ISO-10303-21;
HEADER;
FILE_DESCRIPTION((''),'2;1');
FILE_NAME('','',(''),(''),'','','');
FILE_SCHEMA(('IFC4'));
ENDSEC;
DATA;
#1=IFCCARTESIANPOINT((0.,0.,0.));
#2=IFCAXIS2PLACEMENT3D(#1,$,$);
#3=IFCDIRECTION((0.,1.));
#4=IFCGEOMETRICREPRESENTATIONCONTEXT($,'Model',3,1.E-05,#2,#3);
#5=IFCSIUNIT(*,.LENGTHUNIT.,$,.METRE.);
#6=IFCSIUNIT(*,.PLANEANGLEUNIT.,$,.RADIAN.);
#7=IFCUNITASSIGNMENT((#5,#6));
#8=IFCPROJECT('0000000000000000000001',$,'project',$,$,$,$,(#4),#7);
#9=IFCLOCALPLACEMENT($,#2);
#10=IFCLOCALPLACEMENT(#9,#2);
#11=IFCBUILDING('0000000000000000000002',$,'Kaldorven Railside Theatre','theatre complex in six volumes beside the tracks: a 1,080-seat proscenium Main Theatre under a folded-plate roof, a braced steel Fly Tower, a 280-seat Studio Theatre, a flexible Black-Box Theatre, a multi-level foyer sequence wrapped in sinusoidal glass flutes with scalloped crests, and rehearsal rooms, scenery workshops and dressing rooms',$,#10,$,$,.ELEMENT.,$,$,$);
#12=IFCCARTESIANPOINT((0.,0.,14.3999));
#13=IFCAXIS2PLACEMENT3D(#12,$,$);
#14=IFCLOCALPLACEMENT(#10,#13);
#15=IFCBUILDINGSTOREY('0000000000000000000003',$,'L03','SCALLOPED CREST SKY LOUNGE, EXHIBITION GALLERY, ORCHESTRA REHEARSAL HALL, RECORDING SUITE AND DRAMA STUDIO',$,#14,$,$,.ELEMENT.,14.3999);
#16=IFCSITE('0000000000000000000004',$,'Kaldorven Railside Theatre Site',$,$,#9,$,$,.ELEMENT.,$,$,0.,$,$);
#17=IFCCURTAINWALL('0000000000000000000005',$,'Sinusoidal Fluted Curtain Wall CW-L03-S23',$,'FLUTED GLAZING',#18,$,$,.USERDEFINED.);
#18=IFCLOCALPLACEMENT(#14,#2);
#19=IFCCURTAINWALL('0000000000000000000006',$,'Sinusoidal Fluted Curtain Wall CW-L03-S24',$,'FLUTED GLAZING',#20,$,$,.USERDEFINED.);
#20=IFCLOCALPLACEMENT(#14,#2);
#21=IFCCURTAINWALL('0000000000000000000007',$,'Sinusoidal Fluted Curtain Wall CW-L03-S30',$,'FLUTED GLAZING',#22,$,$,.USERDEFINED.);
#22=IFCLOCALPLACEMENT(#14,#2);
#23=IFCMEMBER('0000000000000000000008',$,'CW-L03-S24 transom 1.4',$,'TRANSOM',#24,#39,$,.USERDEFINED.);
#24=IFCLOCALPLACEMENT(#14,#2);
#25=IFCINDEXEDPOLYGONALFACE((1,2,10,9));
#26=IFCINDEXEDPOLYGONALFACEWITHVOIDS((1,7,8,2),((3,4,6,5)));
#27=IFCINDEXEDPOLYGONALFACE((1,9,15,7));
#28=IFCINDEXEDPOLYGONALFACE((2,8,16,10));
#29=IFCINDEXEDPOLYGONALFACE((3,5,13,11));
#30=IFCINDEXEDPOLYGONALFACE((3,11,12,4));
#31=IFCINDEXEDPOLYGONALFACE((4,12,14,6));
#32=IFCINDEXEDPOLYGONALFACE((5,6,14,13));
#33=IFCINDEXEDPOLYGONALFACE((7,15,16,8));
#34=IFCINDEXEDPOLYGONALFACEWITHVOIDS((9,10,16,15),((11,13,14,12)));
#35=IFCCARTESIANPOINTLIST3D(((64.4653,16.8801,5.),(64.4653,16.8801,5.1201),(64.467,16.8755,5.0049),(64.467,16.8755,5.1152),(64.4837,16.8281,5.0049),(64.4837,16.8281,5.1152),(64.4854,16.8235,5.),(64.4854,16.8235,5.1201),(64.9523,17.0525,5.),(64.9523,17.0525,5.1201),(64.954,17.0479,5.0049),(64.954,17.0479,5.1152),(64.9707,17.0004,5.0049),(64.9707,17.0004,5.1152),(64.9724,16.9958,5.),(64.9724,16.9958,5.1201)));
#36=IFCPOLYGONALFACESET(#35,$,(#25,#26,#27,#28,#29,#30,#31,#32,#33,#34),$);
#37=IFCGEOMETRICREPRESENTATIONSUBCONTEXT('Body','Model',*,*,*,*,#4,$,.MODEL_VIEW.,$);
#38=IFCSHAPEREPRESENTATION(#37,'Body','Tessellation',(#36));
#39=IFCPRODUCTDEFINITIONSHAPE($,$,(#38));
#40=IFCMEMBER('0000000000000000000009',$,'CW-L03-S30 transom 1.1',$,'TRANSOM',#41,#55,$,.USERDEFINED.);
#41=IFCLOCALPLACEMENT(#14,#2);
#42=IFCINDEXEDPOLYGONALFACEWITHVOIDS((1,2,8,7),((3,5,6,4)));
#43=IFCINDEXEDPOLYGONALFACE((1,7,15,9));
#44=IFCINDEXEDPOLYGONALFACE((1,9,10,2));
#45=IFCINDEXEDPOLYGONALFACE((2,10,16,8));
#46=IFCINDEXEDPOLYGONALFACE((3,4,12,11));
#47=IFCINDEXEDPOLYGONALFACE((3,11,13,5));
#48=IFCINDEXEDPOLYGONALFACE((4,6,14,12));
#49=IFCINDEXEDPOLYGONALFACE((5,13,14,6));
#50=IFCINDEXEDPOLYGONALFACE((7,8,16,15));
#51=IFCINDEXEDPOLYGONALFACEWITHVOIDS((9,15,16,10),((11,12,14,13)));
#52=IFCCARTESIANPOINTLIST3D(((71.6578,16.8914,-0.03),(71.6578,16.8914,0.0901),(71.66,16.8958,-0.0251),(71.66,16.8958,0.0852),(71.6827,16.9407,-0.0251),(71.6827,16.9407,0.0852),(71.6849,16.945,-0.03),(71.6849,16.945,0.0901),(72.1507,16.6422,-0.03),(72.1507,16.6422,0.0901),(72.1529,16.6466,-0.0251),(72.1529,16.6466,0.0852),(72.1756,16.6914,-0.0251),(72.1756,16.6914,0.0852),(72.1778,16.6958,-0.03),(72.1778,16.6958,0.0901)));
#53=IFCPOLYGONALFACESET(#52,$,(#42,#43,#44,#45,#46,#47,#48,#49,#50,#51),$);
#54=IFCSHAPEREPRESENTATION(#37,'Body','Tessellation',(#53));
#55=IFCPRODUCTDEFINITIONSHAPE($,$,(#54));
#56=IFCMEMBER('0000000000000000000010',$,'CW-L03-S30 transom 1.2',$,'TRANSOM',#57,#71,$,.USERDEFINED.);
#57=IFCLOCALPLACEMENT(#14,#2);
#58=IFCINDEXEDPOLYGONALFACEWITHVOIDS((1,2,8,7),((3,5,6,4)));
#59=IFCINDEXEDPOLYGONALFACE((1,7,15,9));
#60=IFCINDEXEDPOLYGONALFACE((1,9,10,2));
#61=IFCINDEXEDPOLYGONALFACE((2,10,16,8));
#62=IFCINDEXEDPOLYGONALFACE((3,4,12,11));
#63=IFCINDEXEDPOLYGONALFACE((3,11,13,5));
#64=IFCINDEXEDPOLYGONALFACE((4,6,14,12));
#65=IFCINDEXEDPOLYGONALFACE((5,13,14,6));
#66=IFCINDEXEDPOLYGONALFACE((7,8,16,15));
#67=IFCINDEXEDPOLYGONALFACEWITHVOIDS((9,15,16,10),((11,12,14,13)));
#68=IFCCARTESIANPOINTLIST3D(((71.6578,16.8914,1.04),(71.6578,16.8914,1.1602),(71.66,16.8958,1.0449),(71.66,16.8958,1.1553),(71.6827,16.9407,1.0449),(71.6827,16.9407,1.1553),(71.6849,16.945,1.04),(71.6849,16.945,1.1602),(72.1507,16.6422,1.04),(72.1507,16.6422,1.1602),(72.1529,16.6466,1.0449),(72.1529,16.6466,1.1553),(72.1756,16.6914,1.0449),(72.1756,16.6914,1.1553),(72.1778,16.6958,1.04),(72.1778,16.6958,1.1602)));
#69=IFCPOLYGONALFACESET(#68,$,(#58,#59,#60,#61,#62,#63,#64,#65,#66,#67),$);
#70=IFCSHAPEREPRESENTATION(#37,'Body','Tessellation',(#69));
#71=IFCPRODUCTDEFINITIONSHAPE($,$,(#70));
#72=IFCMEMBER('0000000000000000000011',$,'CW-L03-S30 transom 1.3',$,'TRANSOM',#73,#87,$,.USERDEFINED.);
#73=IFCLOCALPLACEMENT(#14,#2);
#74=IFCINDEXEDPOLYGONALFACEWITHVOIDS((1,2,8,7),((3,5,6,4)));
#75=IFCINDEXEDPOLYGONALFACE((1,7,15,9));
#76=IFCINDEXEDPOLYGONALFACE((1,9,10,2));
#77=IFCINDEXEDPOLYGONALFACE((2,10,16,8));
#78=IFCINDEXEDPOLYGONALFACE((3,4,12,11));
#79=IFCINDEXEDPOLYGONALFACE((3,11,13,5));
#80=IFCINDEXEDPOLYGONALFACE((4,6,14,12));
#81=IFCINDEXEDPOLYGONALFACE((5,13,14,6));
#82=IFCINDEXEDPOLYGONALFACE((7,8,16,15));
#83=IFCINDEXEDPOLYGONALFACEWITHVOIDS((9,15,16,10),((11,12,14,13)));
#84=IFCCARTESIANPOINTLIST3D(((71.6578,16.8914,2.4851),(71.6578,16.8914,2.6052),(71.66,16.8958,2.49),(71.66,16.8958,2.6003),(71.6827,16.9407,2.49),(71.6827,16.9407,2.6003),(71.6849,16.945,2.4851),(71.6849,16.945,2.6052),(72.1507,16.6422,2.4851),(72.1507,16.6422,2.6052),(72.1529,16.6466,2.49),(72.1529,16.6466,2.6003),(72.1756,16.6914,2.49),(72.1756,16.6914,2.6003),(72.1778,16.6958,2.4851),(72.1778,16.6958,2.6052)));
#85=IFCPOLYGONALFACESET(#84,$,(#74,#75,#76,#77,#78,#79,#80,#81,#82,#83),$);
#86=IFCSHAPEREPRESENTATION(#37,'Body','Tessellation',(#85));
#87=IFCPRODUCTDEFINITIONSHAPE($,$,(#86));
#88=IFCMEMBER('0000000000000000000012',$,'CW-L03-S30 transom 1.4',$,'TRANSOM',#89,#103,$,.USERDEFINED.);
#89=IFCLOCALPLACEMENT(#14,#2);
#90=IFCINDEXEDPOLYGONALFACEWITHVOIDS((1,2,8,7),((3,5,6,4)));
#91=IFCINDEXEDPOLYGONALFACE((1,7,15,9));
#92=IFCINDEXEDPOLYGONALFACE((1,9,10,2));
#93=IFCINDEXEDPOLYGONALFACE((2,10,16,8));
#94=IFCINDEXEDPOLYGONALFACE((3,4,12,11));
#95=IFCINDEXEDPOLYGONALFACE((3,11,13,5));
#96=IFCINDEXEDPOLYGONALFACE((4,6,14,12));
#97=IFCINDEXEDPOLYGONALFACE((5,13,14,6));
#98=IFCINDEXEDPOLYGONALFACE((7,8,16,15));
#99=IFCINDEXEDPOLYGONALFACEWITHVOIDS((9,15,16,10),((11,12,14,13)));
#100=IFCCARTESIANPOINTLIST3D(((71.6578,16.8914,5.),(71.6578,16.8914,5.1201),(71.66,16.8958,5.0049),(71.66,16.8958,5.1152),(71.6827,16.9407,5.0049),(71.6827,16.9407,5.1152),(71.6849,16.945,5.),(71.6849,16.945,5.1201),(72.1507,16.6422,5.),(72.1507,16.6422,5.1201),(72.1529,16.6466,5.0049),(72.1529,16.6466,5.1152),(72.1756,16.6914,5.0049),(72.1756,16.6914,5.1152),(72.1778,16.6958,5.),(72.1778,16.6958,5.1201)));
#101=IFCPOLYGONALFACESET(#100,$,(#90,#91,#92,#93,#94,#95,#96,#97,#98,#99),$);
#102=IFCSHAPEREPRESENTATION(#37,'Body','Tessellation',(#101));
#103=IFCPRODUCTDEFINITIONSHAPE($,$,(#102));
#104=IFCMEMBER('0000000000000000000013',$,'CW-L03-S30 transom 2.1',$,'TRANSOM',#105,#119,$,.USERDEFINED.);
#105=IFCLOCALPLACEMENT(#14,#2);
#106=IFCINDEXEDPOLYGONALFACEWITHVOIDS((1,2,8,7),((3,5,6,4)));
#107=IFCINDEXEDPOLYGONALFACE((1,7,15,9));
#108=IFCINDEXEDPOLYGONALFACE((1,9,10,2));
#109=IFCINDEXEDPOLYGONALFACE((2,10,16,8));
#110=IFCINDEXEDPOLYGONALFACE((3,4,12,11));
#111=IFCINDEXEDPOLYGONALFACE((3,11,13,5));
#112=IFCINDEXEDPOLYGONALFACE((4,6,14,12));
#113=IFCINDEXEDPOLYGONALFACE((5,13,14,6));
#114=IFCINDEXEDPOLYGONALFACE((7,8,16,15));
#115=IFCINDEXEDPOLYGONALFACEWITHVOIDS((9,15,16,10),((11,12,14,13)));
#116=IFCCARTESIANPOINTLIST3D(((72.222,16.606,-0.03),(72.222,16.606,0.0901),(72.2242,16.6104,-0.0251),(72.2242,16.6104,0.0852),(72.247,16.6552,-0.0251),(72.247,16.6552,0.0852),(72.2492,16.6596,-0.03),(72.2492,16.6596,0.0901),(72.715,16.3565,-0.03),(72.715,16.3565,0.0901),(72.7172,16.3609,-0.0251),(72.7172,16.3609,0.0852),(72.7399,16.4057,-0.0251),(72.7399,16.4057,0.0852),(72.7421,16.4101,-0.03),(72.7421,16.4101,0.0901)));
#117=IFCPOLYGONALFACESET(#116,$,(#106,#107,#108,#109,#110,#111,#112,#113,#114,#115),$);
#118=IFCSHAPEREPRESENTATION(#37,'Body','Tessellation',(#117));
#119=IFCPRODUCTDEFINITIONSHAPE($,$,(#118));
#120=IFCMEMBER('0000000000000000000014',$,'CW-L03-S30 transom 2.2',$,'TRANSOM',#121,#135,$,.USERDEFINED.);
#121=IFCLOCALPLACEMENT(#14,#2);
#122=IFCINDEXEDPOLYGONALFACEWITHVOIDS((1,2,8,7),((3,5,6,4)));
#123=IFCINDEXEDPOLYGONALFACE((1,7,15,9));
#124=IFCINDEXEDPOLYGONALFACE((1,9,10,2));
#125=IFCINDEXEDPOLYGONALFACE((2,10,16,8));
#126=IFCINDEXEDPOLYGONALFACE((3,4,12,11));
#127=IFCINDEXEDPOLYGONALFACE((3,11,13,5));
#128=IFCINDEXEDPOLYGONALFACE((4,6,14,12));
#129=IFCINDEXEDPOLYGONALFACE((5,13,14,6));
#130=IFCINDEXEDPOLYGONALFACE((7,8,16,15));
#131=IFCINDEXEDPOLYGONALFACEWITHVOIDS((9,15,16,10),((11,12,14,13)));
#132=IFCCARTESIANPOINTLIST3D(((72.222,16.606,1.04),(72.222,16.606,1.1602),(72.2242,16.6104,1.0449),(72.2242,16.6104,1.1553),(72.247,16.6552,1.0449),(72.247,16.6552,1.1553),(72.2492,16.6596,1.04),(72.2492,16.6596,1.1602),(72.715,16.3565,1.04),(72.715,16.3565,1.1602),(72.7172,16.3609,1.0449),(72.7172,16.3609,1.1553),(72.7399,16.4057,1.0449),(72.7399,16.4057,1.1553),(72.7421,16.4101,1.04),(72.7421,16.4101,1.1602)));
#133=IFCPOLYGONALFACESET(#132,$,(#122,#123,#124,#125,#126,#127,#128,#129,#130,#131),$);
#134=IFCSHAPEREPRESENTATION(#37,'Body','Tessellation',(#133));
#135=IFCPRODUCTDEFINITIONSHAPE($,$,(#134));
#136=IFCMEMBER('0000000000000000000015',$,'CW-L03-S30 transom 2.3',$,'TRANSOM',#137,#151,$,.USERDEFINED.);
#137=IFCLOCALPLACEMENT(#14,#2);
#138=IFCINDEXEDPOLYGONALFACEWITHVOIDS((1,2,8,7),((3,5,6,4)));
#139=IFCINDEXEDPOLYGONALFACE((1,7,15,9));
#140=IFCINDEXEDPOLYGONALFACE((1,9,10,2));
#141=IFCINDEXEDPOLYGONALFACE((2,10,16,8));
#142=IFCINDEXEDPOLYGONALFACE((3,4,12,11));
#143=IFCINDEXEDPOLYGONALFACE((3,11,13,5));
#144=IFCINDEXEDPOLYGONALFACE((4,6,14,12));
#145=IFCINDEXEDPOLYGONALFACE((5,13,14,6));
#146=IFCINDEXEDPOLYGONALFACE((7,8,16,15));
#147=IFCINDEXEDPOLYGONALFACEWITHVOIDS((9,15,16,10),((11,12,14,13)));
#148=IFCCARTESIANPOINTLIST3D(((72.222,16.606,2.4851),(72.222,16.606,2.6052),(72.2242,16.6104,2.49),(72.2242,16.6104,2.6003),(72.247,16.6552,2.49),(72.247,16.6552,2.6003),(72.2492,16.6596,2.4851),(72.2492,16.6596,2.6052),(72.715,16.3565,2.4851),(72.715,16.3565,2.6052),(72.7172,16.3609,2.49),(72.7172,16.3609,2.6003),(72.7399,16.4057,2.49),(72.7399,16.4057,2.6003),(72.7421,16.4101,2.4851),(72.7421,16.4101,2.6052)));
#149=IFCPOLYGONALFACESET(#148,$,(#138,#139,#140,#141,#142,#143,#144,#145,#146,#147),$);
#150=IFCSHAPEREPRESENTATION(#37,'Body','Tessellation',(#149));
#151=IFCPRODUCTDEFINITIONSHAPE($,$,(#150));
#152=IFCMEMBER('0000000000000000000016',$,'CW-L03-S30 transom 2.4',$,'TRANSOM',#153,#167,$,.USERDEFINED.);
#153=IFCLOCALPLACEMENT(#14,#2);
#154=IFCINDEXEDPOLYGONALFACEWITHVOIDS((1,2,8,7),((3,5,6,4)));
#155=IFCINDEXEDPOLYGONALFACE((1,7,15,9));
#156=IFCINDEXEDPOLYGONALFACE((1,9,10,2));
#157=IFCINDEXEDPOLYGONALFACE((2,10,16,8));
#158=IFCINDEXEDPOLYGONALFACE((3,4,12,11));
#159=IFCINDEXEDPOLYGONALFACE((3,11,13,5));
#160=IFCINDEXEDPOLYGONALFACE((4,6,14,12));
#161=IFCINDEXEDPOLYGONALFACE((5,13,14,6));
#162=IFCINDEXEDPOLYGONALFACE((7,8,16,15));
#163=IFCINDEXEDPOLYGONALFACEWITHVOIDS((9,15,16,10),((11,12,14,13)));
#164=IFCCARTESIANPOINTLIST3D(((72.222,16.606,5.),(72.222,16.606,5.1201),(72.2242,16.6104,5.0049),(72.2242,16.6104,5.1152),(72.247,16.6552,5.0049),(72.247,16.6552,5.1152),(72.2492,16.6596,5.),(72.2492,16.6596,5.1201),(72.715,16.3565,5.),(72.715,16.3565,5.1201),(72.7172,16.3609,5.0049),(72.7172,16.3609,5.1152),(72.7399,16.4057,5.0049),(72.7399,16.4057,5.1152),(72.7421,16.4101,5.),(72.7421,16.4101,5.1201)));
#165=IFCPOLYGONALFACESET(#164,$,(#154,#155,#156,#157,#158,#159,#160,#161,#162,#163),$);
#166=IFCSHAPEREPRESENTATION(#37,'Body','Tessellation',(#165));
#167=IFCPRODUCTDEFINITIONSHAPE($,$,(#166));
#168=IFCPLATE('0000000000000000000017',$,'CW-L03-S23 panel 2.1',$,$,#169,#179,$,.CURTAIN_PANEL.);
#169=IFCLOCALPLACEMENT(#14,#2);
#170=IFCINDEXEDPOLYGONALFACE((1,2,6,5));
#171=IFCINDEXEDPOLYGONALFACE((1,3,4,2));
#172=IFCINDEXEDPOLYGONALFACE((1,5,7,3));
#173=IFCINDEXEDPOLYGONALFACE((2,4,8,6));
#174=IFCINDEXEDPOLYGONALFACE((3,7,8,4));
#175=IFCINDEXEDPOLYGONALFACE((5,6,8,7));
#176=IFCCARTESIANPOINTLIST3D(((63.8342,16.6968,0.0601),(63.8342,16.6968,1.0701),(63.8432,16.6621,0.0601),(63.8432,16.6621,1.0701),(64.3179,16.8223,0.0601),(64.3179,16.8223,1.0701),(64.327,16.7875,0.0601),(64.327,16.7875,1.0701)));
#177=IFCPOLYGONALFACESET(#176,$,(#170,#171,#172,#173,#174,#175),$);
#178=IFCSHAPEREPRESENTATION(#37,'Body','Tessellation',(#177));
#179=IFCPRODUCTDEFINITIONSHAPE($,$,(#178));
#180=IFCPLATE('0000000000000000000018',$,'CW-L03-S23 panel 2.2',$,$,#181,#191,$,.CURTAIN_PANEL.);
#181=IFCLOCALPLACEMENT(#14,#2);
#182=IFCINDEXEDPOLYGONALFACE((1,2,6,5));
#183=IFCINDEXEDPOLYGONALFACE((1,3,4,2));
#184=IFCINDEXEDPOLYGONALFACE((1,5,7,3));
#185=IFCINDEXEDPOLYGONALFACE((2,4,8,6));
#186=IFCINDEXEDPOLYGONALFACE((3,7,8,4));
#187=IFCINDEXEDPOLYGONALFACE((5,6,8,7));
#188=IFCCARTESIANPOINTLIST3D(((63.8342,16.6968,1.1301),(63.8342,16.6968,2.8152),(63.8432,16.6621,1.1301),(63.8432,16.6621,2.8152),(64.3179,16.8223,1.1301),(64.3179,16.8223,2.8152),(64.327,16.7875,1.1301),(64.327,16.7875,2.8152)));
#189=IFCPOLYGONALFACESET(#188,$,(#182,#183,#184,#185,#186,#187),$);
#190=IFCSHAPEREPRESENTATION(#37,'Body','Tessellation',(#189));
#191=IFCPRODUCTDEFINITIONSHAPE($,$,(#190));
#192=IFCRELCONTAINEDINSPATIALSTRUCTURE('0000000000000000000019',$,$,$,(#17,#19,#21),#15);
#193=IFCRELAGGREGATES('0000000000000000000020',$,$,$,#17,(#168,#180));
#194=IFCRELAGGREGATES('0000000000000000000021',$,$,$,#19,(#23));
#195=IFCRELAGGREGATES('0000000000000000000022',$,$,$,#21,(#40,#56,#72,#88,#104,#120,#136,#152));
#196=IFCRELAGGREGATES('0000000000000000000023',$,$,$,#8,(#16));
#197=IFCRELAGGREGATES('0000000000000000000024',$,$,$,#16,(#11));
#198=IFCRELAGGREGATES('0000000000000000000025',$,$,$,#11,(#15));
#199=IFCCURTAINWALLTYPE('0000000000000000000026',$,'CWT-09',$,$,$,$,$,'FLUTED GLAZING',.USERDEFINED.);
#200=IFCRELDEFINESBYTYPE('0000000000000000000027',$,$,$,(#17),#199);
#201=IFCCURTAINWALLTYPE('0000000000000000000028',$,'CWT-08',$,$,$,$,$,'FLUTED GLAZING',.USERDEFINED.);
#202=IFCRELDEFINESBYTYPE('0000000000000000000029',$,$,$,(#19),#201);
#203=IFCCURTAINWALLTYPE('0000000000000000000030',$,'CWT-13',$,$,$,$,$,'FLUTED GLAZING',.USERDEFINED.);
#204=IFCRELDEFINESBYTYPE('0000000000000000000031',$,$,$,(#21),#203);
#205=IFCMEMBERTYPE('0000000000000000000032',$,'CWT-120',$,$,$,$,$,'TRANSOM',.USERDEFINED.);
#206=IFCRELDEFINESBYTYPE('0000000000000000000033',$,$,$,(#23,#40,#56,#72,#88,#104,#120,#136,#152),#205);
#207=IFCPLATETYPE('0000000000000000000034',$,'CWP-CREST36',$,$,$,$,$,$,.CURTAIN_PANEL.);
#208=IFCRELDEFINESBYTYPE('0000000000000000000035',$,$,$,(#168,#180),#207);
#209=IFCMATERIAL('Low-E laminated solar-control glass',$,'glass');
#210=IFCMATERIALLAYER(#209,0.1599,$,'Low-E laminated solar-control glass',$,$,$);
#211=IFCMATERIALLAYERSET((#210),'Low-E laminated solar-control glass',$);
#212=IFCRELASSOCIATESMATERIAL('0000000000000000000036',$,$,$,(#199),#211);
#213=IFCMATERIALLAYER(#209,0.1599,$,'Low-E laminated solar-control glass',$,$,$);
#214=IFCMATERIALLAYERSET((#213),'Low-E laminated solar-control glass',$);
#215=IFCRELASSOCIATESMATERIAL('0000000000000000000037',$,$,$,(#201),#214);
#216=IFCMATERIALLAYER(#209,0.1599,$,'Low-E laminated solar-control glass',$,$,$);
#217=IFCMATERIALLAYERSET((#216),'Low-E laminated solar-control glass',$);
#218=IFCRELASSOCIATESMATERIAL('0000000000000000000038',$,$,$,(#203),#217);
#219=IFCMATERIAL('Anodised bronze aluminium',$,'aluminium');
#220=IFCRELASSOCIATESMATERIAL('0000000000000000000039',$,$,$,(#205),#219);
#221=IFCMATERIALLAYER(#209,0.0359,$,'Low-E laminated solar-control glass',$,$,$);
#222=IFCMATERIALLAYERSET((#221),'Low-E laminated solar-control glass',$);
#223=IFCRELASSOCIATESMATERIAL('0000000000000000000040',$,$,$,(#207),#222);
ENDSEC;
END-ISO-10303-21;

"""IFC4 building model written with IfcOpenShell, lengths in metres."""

from ifc_helpers import new_model, si_unit, direction, frame, origin, origin_2d, place, context, subcontext, project, spatial, rectangle, hollow_rectangle, extrude, material, layer, layer_set, material_profile, profile_set, type_object, element, aggregate, save


model = new_model("IFC4")

# Units and contexts
model_context = context("Model", 3, precision=1e-05, world=origin(), true_north=direction((0.0, 1.0)))
body_context = subcontext(model_context, "Body", "Model", "MODEL_VIEW")
ifc_project = project(units=[si_unit("LENGTHUNIT", "METRE"), si_unit("PLANEANGLEUNIT", "RADIAN")], contexts=[model_context])

# Site, building, storey
site_placement = place(None, origin())
site = spatial("IfcSite", under=ifc_project, at=site_placement, Name="Kaldorven Railside Theatre Site", CompositionType="ELEMENT", RefElevation=0.0)
building_placement = place(site_placement, origin())
building = spatial("IfcBuilding", under=site, at=building_placement, Name="Kaldorven Railside Theatre", Description="theatre complex in six volumes beside the tracks: a 1,080-seat proscenium Main Theatre under a folded-plate roof, a braced steel Fly Tower, a 280-seat Studio Theatre, a flexible Black-Box Theatre, a multi-level foyer sequence wrapped in sinusoidal glass flutes with scalloped crests, and rehearsal rooms, scenery workshops and dressing rooms", CompositionType="ELEMENT")
storey_placement = place(building_placement, frame((0.0, 0.0, 14.3999)))
storey = spatial("IfcBuildingStorey", under=building, at=storey_placement, Name="L03", Description="SCALLOPED CREST SKY LOUNGE, EXHIBITION GALLERY, ORCHESTRA REHEARSAL HALL, RECORDING SUITE AND DRAMA STUDIO", CompositionType="ELEMENT", Elevation=14.3999)

# Curtain walls
ifc_material_1 = material(Name="Low-E laminated solar-control glass", Category="glass")
ifc_layer_1 = layer(ifc_material_1, 0.1599, Name="Low-E laminated solar-control glass")
ifc_layer_set_1 = layer_set([ifc_layer_1], Name="Low-E laminated solar-control glass")
curtain_wall_type_1 = type_object("IfcCurtainWallType", Name="CWT-09", ElementType="FLUTED GLAZING", PredefinedType="USERDEFINED", material=ifc_layer_set_1)
curtain_wall_1_placement = place(storey_placement, origin())
curtain_wall_1 = element("IfcCurtainWall", 1, at=curtain_wall_1_placement, inside=storey, type_object=curtain_wall_type_1, Name="Sinusoidal Fluted Curtain Wall CW-L03-S23", ObjectType="FLUTED GLAZING", PredefinedType="USERDEFINED")
ifc_material_2 = material(Name="Anodised bronze aluminium", Category="aluminium")
ifc_layer_2 = layer(ifc_material_1, 0.1599, Name="Low-E laminated solar-control glass")
ifc_layer_set_2 = layer_set([ifc_layer_2], Name="Low-E laminated solar-control glass")
curtain_wall_type_2 = type_object("IfcCurtainWallType", Name="CWT-08", ElementType="FLUTED GLAZING", PredefinedType="USERDEFINED", material=ifc_layer_set_2)
curtain_wall_2_placement = place(storey_placement, origin())
curtain_wall_2 = element("IfcCurtainWall", 2, at=curtain_wall_2_placement, inside=storey, type_object=curtain_wall_type_2, Name="Sinusoidal Fluted Curtain Wall CW-L03-S24", ObjectType="FLUTED GLAZING", PredefinedType="USERDEFINED")

# Curtain wall
ifc_layer_3 = layer(ifc_material_1, 0.1599, Name="Low-E laminated solar-control glass")
ifc_layer_set_3 = layer_set([ifc_layer_3], Name="Low-E laminated solar-control glass")
curtain_wall_type_3 = type_object("IfcCurtainWallType", Name="CWT-13", ElementType="FLUTED GLAZING", PredefinedType="USERDEFINED", material=ifc_layer_set_3)
curtain_wall_3_placement = place(storey_placement, origin())
curtain_wall_3 = element("IfcCurtainWall", 3, at=curtain_wall_3_placement, inside=storey, type_object=curtain_wall_type_3, Name="Sinusoidal Fluted Curtain Wall CW-L03-S30", ObjectType="FLUTED GLAZING", PredefinedType="USERDEFINED")

# Members
ifc_material_profile_1 = material_profile(ifc_material_2, hollow_rectangle(XDim=0.0601, YDim=0.1201, WallThickness=0.0049, at=origin_2d()), Name="RHS 120x60x5")
ifc_profile_set_1 = profile_set([ifc_material_profile_1], Name="Anodised bronze aluminium")
member_type_1 = type_object("IfcMemberType", Name="CWT-120", ElementType="TRANSOM", PredefinedType="USERDEFINED", material=ifc_profile_set_1)
member_1_placement = place(storey_placement, frame((64.4753, 16.8518, 5.0601), z_axis=(0.942711, 0.333611, 0.0), x_axis=(-0.333611, 0.942711, 0.0)))
member_1 = element("IfcMember", 4, at=member_1_placement, type_object=member_type_1, Name="CW-L03-S24 transom 1.4", ObjectType="TRANSOM", PredefinedType="USERDEFINED", context=body_context, shape_type="SweptSolid", body=[
    extrude(hollow_rectangle(XDim=0.0601, YDim=0.1201, WallThickness=0.0049, at=origin_2d()), origin(), (0.0, 0.0, 1.0), 0.5166),
])
member_2_placement = place(storey_placement, frame((71.6714, 16.9182, 0.03), z_axis=(0.892385, -0.451275, 0.0), x_axis=(0.451275, 0.892385, 0.0)))
member_2 = element("IfcMember", 5, at=member_2_placement, type_object=member_type_1, Name="CW-L03-S30 transom 1.1", ObjectType="TRANSOM", PredefinedType="USERDEFINED", context=body_context, shape_type="SweptSolid", body=[
    extrude(hollow_rectangle(XDim=0.0601, YDim=0.1201, WallThickness=0.0049, at=origin_2d()), origin(), (0.0, 0.0, 1.0), 0.5522),
])
member_3_placement = place(storey_placement, frame((71.6714, 16.9182, 1.1001), z_axis=(0.892385, -0.451275, 0.0), x_axis=(0.451275, 0.892385, 0.0)))
member_3 = element("IfcMember", 6, at=member_3_placement, type_object=member_type_1, Name="CW-L03-S30 transom 1.2", ObjectType="TRANSOM", PredefinedType="USERDEFINED", context=body_context, shape_type="SweptSolid", body=[
    extrude(hollow_rectangle(XDim=0.0601, YDim=0.1201, WallThickness=0.0049, at=origin_2d()), origin(), (0.0, 0.0, 1.0), 0.5522),
])
member_4_placement = place(storey_placement, frame((71.6714, 16.9182, 2.5452), z_axis=(0.892385, -0.451275, 0.0), x_axis=(0.451275, 0.892385, 0.0)))
member_4 = element("IfcMember", 7, at=member_4_placement, type_object=member_type_1, Name="CW-L03-S30 transom 1.3", ObjectType="TRANSOM", PredefinedType="USERDEFINED", context=body_context, shape_type="SweptSolid", body=[
    extrude(hollow_rectangle(XDim=0.0601, YDim=0.1201, WallThickness=0.0049, at=origin_2d()), origin(), (0.0, 0.0, 1.0), 0.5522),
])
member_5_placement = place(storey_placement, frame((71.6714, 16.9182, 5.0601), z_axis=(0.892385, -0.451275, 0.0), x_axis=(0.451275, 0.892385, 0.0)))
member_5 = element("IfcMember", 8, at=member_5_placement, type_object=member_type_1, Name="CW-L03-S30 transom 1.4", ObjectType="TRANSOM", PredefinedType="USERDEFINED", context=body_context, shape_type="SweptSolid", body=[
    extrude(hollow_rectangle(XDim=0.0601, YDim=0.1201, WallThickness=0.0049, at=origin_2d()), origin(), (0.0, 0.0, 1.0), 0.5522),
])
member_6_placement = place(storey_placement, frame((72.2356, 16.6328, 0.03), z_axis=(0.892207, -0.451627, 0.0), x_axis=(0.451627, 0.892207, 0.0)))
member_6 = element("IfcMember", 9, at=member_6_placement, type_object=member_type_1, Name="CW-L03-S30 transom 2.1", ObjectType="TRANSOM", PredefinedType="USERDEFINED", context=body_context, shape_type="SweptSolid", body=[
    extrude(hollow_rectangle(XDim=0.0601, YDim=0.1201, WallThickness=0.0049, at=origin_2d()), origin(), (0.0, 0.0, 1.0), 0.5525),
])
member_7_placement = place(storey_placement, frame((72.2356, 16.6328, 1.1001), z_axis=(0.892207, -0.451627, 0.0), x_axis=(0.451627, 0.892207, 0.0)))
member_7 = element("IfcMember", 10, at=member_7_placement, type_object=member_type_1, Name="CW-L03-S30 transom 2.2", ObjectType="TRANSOM", PredefinedType="USERDEFINED", context=body_context, shape_type="SweptSolid", body=[
    extrude(hollow_rectangle(XDim=0.0601, YDim=0.1201, WallThickness=0.0049, at=origin_2d()), origin(), (0.0, 0.0, 1.0), 0.5525),
])
member_8_placement = place(storey_placement, frame((72.2356, 16.6328, 2.5452), z_axis=(0.892207, -0.451627, 0.0), x_axis=(0.451627, 0.892207, 0.0)))
member_8 = element("IfcMember", 11, at=member_8_placement, type_object=member_type_1, Name="CW-L03-S30 transom 2.3", ObjectType="TRANSOM", PredefinedType="USERDEFINED", context=body_context, shape_type="SweptSolid", body=[
    extrude(hollow_rectangle(XDim=0.0601, YDim=0.1201, WallThickness=0.0049, at=origin_2d()), origin(), (0.0, 0.0, 1.0), 0.5525),
])
member_9_placement = place(storey_placement, frame((72.2356, 16.6328, 5.0601), z_axis=(0.892207, -0.451627, 0.0), x_axis=(0.451627, 0.892207, 0.0)))
member_9 = element("IfcMember", 12, at=member_9_placement, type_object=member_type_1, Name="CW-L03-S30 transom 2.4", ObjectType="TRANSOM", PredefinedType="USERDEFINED", context=body_context, shape_type="SweptSolid", body=[
    extrude(hollow_rectangle(XDim=0.0601, YDim=0.1201, WallThickness=0.0049, at=origin_2d()), origin(), (0.0, 0.0, 1.0), 0.5525),
])

# Plates
ifc_layer_4 = layer(ifc_material_1, 0.0359, Name="Low-E laminated solar-control glass")
ifc_layer_set_4 = layer_set([ifc_layer_4], Name="Low-E laminated solar-control glass")
plate_type = type_object("IfcPlateType", Name="CWP-CREST36", PredefinedType="CURTAIN_PANEL", material=ifc_layer_set_4)
plate_1_placement = place(storey_placement, frame((64.0806, 16.7422, 0.0601), z_axis=(0.0, 0.0, 1.0), x_axis=(0.967999, 0.250954, 0.0)))
plate_1 = element("IfcPlate", 13, at=plate_1_placement, type_object=plate_type, Name="CW-L03-S23 panel 2.1", PredefinedType="CURTAIN_PANEL", context=body_context, shape_type="SweptSolid", body=[
    extrude(rectangle(XDim=0.4998, YDim=0.0359, at=origin_2d()), origin(), (0.0, 0.0, 1.0), 1.01),
])
plate_2_placement = place(storey_placement, frame((64.0806, 16.7422, 1.1301), z_axis=(0.0, 0.0, 1.0), x_axis=(0.967999, 0.250954, 0.0)))
plate_2 = element("IfcPlate", 14, at=plate_2_placement, type_object=plate_type, Name="CW-L03-S23 panel 2.2", PredefinedType="CURTAIN_PANEL", context=body_context, shape_type="SweptSolid", body=[
    extrude(rectangle(XDim=0.4998, YDim=0.0359, at=origin_2d()), origin(), (0.0, 0.0, 1.0), 1.6851),
])
aggregate(curtain_wall_1, [plate_1, plate_2])
aggregate(curtain_wall_2, [member_1])
aggregate(curtain_wall_3, [member_2, member_3, member_4, member_5, member_6, member_7, member_8, member_9])

save(model, "model.ifc")
